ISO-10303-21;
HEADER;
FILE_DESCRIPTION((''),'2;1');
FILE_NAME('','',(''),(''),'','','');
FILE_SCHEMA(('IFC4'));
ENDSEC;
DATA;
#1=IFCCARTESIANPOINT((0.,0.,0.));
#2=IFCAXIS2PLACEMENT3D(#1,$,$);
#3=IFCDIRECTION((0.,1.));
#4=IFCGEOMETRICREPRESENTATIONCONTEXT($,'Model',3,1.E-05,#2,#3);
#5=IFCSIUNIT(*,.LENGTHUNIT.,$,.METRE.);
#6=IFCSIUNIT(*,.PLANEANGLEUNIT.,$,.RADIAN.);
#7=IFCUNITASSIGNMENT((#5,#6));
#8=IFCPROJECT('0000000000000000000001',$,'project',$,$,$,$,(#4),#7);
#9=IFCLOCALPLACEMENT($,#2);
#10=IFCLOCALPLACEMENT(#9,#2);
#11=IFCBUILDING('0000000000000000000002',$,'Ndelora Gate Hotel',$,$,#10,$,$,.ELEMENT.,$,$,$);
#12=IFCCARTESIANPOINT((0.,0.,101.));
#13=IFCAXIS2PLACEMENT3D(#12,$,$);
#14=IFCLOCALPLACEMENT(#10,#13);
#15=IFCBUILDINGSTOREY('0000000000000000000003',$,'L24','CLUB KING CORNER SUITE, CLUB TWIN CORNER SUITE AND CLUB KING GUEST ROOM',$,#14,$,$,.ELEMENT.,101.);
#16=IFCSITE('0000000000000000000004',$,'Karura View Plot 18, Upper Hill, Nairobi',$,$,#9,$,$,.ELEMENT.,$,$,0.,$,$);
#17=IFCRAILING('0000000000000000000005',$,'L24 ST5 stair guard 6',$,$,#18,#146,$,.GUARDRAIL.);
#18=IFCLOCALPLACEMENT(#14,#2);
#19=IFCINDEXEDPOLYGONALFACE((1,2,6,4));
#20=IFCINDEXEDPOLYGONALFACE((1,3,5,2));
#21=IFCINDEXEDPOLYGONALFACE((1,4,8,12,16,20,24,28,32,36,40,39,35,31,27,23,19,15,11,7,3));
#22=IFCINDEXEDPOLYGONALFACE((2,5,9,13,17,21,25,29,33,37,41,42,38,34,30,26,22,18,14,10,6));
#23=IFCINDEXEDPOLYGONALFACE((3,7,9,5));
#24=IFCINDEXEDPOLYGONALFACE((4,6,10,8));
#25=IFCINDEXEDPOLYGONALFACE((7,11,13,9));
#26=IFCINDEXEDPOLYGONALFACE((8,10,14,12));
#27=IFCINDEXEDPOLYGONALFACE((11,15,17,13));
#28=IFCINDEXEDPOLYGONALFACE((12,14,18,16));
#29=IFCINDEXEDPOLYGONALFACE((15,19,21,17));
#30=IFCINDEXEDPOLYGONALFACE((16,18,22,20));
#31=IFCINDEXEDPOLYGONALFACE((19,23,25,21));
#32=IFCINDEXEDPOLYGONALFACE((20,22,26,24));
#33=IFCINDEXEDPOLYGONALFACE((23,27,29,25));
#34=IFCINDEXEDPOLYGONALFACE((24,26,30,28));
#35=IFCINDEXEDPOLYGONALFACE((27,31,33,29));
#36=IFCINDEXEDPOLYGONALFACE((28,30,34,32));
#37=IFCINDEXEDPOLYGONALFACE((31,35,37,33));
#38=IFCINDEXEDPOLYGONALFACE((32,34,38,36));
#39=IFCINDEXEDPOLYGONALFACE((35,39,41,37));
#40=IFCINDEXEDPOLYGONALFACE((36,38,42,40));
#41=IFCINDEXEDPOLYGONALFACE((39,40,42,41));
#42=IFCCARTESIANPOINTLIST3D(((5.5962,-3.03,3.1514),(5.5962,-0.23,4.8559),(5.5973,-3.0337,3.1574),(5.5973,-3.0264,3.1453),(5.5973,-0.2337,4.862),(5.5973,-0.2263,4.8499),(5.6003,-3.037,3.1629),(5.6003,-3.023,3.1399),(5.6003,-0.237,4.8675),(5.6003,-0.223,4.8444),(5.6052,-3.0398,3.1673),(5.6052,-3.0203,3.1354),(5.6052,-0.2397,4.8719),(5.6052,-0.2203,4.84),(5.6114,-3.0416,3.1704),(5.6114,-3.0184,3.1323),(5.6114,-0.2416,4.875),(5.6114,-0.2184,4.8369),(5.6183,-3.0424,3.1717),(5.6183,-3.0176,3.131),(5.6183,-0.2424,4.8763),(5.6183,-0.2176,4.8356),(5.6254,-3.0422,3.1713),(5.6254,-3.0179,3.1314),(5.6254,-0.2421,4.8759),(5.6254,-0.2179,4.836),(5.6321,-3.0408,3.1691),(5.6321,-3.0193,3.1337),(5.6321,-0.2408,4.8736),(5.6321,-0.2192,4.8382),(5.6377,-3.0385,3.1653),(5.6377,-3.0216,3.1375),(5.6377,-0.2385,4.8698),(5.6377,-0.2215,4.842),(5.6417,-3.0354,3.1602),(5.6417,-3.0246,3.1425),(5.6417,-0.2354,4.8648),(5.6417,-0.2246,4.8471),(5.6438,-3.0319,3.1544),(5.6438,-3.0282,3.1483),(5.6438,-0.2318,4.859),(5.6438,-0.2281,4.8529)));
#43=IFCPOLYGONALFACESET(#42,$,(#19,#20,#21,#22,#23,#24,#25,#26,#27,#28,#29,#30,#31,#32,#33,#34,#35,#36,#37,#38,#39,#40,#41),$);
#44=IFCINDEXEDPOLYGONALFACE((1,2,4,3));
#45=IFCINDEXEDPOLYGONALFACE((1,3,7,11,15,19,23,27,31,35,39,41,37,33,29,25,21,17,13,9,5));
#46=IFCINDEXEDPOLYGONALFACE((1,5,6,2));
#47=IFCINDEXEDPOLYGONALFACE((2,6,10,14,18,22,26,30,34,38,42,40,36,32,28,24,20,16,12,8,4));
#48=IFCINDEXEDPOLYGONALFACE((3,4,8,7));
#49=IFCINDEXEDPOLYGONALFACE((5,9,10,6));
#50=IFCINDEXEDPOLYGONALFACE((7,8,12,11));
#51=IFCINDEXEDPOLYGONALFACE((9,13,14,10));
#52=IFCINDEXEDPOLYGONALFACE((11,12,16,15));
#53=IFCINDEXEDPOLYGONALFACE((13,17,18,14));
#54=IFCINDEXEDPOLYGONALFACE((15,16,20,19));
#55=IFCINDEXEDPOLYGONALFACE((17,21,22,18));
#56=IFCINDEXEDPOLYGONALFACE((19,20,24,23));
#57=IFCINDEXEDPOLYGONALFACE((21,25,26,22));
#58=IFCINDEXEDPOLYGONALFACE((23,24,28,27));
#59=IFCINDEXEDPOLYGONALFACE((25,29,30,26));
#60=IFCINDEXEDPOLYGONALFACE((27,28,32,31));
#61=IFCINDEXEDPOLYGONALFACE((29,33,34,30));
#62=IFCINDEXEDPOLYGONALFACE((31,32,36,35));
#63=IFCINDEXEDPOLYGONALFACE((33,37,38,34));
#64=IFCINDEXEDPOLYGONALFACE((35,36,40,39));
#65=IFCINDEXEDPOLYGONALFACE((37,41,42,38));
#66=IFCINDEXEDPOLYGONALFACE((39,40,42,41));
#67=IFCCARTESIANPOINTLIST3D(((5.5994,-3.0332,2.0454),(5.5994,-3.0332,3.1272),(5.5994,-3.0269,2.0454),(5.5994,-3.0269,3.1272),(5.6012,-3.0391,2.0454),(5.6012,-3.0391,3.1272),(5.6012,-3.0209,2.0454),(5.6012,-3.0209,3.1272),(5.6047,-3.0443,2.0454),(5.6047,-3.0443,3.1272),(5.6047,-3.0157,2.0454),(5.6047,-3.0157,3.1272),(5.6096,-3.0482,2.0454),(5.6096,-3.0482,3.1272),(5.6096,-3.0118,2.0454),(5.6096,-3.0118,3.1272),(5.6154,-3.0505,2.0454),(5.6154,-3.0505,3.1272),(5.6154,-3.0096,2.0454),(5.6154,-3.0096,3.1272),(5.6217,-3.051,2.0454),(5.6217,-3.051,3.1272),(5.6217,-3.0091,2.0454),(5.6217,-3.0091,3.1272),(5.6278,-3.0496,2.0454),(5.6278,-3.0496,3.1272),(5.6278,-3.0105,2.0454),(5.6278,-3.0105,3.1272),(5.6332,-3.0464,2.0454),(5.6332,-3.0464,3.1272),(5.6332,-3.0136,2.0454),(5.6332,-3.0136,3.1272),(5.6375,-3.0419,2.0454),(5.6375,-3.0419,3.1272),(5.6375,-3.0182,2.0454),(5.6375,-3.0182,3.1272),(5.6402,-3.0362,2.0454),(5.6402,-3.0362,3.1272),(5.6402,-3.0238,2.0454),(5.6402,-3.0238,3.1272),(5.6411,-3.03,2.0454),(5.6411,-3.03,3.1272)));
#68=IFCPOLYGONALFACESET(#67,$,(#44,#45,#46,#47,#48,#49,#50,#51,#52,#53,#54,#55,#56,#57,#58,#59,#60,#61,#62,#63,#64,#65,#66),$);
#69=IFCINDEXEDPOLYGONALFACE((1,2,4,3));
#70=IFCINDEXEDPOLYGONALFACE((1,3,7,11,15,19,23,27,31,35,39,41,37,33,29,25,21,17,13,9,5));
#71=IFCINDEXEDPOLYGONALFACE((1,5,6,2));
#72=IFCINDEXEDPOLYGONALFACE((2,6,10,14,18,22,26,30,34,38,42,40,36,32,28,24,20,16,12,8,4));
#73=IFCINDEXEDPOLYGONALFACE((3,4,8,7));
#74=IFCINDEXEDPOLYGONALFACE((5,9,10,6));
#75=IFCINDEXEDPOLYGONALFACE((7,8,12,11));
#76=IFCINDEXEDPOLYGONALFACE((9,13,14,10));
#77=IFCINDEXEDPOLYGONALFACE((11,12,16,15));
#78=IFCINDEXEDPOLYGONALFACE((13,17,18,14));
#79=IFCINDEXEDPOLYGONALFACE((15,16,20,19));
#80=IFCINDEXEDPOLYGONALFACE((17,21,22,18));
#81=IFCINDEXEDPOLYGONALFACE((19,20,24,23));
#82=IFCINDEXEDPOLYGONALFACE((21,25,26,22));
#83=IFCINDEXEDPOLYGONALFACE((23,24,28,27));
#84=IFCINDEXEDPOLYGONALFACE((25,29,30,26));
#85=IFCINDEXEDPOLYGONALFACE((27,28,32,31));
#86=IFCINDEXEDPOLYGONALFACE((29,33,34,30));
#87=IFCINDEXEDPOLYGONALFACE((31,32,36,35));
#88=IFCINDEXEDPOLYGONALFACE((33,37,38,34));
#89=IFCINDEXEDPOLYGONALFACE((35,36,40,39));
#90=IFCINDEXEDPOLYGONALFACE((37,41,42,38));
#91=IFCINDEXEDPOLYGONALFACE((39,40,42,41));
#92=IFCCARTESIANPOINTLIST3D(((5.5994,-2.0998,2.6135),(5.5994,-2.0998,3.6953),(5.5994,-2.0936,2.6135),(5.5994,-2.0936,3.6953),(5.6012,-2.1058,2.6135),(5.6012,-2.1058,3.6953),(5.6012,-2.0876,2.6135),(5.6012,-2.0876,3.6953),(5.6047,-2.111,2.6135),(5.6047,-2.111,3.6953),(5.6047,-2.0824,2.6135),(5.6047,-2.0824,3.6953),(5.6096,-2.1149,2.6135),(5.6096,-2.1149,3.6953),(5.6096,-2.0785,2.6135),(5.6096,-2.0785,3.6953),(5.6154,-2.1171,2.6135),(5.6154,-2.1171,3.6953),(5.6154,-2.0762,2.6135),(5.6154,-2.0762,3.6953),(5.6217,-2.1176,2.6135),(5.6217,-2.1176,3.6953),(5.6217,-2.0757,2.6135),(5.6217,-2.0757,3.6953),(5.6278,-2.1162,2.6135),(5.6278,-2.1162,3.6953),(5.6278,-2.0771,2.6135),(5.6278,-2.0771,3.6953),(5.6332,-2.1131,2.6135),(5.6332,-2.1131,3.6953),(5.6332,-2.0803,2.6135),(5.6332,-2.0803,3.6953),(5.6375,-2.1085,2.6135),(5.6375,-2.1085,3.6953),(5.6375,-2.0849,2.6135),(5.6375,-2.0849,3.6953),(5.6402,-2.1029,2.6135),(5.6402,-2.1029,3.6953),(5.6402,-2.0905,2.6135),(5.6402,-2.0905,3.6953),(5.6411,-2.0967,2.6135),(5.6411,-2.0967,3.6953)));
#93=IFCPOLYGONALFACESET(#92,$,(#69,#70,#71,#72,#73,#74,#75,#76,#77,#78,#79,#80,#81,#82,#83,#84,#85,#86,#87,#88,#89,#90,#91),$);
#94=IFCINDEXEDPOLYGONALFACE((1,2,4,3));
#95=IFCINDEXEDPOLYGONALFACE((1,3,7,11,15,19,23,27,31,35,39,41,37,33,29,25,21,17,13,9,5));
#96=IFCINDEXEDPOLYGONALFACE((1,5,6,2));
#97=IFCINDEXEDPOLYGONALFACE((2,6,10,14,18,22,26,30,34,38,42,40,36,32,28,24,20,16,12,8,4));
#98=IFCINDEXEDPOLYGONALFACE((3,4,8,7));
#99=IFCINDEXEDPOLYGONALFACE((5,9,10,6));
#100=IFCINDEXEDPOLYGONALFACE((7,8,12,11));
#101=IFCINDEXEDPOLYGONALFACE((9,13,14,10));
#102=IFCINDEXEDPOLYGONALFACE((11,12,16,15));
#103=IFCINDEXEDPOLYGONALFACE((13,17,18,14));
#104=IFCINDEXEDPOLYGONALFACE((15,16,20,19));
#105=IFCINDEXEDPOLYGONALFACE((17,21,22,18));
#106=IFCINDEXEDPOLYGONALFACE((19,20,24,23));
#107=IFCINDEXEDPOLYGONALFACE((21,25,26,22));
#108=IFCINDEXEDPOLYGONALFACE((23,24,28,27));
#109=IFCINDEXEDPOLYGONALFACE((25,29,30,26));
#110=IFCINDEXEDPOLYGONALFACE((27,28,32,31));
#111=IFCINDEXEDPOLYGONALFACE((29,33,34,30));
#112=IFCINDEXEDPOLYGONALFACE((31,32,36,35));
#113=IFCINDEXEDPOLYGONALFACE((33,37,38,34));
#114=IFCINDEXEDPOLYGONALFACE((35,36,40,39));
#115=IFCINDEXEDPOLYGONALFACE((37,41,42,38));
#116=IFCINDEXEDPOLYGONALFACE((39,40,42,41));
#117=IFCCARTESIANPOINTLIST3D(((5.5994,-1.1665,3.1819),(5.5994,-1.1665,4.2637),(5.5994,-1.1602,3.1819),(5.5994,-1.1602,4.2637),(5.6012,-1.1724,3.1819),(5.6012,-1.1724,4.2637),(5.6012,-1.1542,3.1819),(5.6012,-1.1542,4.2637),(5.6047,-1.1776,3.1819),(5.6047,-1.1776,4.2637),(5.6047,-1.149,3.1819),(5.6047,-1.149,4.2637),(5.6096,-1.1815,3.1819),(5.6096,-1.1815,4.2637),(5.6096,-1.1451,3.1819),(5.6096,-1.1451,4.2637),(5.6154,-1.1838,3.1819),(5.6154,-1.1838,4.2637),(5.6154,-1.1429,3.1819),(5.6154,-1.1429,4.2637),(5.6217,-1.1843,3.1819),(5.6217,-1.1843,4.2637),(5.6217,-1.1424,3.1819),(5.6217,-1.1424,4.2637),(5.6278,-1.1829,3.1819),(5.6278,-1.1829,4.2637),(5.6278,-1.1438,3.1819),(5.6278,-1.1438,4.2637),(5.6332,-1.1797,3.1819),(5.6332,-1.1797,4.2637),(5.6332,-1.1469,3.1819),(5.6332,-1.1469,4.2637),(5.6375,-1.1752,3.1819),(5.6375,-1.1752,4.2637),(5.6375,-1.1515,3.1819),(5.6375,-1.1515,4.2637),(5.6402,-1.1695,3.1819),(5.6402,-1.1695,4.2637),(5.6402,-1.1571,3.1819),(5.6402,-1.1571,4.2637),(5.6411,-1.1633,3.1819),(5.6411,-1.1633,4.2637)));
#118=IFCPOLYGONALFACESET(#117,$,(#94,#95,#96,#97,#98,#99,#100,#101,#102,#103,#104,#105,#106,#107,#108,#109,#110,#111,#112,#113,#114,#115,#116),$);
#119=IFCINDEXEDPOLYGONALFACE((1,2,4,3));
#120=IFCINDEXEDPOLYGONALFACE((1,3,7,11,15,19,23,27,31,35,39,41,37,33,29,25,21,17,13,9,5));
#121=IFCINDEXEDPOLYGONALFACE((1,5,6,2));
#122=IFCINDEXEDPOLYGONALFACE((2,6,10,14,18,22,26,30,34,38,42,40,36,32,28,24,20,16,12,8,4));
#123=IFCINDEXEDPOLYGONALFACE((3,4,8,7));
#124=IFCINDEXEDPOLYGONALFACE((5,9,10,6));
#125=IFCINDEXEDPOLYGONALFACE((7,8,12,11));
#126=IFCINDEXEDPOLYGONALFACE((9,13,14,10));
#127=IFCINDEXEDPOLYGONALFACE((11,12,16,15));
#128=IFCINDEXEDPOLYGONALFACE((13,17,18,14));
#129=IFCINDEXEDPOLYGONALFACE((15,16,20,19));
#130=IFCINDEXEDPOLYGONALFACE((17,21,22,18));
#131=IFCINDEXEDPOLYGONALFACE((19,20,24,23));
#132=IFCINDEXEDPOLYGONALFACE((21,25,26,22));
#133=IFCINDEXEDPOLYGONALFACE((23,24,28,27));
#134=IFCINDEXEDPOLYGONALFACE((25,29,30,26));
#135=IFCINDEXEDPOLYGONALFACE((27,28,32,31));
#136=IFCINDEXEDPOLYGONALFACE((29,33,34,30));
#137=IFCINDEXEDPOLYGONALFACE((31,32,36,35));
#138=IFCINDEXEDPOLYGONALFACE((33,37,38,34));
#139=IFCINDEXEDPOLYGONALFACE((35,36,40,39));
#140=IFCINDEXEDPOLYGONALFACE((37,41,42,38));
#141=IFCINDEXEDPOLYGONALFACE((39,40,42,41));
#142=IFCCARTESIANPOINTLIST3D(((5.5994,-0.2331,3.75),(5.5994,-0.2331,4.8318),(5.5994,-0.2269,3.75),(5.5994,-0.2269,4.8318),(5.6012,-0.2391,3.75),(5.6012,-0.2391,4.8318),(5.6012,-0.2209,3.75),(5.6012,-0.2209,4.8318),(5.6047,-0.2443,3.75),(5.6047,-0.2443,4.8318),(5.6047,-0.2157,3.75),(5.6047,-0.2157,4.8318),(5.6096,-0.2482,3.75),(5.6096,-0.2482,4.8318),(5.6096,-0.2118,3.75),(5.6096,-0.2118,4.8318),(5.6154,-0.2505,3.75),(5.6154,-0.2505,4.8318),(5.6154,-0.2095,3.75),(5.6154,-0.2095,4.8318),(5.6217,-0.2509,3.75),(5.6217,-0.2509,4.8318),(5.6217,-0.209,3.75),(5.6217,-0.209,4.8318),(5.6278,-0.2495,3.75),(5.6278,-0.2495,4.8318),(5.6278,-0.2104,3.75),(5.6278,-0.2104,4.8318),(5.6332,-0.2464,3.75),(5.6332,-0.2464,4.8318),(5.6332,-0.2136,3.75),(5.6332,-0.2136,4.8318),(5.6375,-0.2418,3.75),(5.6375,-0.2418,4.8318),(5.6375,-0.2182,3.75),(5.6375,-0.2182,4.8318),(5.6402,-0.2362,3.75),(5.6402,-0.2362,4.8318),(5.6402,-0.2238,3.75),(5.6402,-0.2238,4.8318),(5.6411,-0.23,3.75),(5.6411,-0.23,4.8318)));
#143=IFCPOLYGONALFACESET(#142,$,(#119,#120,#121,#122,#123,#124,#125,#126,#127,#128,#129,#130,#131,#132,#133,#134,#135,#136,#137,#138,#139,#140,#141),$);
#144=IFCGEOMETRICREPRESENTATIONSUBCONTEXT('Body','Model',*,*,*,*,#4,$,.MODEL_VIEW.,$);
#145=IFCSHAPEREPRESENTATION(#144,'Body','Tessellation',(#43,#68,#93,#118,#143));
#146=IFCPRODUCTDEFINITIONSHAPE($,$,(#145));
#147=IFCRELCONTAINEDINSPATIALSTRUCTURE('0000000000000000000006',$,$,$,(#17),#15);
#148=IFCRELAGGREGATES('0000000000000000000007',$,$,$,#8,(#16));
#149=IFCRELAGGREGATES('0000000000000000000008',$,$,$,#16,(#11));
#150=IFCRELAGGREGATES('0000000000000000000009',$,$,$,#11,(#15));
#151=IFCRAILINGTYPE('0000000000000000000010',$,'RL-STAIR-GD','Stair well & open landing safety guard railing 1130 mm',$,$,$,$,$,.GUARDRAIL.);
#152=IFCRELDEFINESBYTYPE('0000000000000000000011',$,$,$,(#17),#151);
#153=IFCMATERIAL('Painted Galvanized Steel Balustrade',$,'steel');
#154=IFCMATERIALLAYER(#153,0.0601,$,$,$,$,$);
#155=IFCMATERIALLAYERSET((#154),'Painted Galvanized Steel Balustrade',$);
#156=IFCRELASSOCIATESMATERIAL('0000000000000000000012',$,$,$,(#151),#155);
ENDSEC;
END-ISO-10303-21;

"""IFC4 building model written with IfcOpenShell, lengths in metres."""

from ifc_helpers import new_model, si_unit, direction, frame, origin, origin_2d, place, context, subcontext, project, spatial, circle, extrude, material, layer, layer_set, type_object, element, save


model = new_model("IFC4")

# Units and contexts
model_context = context("Model", 3, precision=1e-05, world=origin(), true_north=direction((0.0, 1.0)))
body_context = subcontext(model_context, "Body", "Model", "MODEL_VIEW")
ifc_project = project(units=[si_unit("LENGTHUNIT", "METRE"), si_unit("PLANEANGLEUNIT", "RADIAN")], contexts=[model_context])

# Site, building, storey
site_placement = place(None, origin())
site = spatial("IfcSite", under=ifc_project, at=site_placement, Name="Karura View Plot 18, Upper Hill, Nairobi", CompositionType="ELEMENT", RefElevation=0.0)
building_placement = place(site_placement, origin())
building = spatial("IfcBuilding", under=site, at=building_placement, Name="Ndelora Gate Hotel", CompositionType="ELEMENT")
storey_placement = place(building_placement, frame((0.0, 0.0, 101.0)))
storey = spatial("IfcBuildingStorey", under=building, at=storey_placement, Name="L24", Description="CLUB KING CORNER SUITE, CLUB TWIN CORNER SUITE AND CLUB KING GUEST ROOM", CompositionType="ELEMENT", Elevation=101.0)

# Railing
ifc_material_1 = material(Name="Painted Galvanized Steel Balustrade", Category="steel")
ifc_layer_1 = layer(ifc_material_1, 0.0601)
ifc_layer_set_1 = layer_set([ifc_layer_1], Name="Painted Galvanized Steel Balustrade")
railing_type_1 = type_object("IfcRailingType", Name="RL-STAIR-GD", Description="Stair well & open landing safety guard railing 1130 mm", PredefinedType="GUARDRAIL", material=ifc_layer_set_1)
railing_1_placement = place(storey_placement, frame((5.6201, -3.03, 2.0454)))
element("IfcRailing", 1, at=railing_1_placement, inside=storey, type_object=railing_type_1, Name="L24 ST5 stair guard 6", PredefinedType="GUARDRAIL", context=body_context, shape_type="SweptSolid", body=[
    extrude(circle(Radius=0.0239, at=origin_2d()), frame((0.0, 0.0, 1.106), z_axis=(0.0, 0.85417, 0.519994), x_axis=(-1.0, 0.0, 0.0)), (0.0, 0.0, 1.0), 3.2781),
    extrude(circle(Radius=0.021, at=origin_2d()), origin(), (0.0, 0.0, 1.0), 1.0818),
    extrude(circle(Radius=0.021, at=origin_2d()), frame((0.0, 0.9333, 0.5681)), (0.0, 0.0, 1.0), 1.0818),
    extrude(circle(Radius=0.021, at=origin_2d()), frame((0.0, 1.8667, 1.1365)), (0.0, 0.0, 1.0), 1.0818),
    extrude(circle(Radius=0.021, at=origin_2d()), frame((0.0, 2.8, 1.7046)), (0.0, 0.0, 1.0), 1.0818),
])

save(model, "model.ifc")
